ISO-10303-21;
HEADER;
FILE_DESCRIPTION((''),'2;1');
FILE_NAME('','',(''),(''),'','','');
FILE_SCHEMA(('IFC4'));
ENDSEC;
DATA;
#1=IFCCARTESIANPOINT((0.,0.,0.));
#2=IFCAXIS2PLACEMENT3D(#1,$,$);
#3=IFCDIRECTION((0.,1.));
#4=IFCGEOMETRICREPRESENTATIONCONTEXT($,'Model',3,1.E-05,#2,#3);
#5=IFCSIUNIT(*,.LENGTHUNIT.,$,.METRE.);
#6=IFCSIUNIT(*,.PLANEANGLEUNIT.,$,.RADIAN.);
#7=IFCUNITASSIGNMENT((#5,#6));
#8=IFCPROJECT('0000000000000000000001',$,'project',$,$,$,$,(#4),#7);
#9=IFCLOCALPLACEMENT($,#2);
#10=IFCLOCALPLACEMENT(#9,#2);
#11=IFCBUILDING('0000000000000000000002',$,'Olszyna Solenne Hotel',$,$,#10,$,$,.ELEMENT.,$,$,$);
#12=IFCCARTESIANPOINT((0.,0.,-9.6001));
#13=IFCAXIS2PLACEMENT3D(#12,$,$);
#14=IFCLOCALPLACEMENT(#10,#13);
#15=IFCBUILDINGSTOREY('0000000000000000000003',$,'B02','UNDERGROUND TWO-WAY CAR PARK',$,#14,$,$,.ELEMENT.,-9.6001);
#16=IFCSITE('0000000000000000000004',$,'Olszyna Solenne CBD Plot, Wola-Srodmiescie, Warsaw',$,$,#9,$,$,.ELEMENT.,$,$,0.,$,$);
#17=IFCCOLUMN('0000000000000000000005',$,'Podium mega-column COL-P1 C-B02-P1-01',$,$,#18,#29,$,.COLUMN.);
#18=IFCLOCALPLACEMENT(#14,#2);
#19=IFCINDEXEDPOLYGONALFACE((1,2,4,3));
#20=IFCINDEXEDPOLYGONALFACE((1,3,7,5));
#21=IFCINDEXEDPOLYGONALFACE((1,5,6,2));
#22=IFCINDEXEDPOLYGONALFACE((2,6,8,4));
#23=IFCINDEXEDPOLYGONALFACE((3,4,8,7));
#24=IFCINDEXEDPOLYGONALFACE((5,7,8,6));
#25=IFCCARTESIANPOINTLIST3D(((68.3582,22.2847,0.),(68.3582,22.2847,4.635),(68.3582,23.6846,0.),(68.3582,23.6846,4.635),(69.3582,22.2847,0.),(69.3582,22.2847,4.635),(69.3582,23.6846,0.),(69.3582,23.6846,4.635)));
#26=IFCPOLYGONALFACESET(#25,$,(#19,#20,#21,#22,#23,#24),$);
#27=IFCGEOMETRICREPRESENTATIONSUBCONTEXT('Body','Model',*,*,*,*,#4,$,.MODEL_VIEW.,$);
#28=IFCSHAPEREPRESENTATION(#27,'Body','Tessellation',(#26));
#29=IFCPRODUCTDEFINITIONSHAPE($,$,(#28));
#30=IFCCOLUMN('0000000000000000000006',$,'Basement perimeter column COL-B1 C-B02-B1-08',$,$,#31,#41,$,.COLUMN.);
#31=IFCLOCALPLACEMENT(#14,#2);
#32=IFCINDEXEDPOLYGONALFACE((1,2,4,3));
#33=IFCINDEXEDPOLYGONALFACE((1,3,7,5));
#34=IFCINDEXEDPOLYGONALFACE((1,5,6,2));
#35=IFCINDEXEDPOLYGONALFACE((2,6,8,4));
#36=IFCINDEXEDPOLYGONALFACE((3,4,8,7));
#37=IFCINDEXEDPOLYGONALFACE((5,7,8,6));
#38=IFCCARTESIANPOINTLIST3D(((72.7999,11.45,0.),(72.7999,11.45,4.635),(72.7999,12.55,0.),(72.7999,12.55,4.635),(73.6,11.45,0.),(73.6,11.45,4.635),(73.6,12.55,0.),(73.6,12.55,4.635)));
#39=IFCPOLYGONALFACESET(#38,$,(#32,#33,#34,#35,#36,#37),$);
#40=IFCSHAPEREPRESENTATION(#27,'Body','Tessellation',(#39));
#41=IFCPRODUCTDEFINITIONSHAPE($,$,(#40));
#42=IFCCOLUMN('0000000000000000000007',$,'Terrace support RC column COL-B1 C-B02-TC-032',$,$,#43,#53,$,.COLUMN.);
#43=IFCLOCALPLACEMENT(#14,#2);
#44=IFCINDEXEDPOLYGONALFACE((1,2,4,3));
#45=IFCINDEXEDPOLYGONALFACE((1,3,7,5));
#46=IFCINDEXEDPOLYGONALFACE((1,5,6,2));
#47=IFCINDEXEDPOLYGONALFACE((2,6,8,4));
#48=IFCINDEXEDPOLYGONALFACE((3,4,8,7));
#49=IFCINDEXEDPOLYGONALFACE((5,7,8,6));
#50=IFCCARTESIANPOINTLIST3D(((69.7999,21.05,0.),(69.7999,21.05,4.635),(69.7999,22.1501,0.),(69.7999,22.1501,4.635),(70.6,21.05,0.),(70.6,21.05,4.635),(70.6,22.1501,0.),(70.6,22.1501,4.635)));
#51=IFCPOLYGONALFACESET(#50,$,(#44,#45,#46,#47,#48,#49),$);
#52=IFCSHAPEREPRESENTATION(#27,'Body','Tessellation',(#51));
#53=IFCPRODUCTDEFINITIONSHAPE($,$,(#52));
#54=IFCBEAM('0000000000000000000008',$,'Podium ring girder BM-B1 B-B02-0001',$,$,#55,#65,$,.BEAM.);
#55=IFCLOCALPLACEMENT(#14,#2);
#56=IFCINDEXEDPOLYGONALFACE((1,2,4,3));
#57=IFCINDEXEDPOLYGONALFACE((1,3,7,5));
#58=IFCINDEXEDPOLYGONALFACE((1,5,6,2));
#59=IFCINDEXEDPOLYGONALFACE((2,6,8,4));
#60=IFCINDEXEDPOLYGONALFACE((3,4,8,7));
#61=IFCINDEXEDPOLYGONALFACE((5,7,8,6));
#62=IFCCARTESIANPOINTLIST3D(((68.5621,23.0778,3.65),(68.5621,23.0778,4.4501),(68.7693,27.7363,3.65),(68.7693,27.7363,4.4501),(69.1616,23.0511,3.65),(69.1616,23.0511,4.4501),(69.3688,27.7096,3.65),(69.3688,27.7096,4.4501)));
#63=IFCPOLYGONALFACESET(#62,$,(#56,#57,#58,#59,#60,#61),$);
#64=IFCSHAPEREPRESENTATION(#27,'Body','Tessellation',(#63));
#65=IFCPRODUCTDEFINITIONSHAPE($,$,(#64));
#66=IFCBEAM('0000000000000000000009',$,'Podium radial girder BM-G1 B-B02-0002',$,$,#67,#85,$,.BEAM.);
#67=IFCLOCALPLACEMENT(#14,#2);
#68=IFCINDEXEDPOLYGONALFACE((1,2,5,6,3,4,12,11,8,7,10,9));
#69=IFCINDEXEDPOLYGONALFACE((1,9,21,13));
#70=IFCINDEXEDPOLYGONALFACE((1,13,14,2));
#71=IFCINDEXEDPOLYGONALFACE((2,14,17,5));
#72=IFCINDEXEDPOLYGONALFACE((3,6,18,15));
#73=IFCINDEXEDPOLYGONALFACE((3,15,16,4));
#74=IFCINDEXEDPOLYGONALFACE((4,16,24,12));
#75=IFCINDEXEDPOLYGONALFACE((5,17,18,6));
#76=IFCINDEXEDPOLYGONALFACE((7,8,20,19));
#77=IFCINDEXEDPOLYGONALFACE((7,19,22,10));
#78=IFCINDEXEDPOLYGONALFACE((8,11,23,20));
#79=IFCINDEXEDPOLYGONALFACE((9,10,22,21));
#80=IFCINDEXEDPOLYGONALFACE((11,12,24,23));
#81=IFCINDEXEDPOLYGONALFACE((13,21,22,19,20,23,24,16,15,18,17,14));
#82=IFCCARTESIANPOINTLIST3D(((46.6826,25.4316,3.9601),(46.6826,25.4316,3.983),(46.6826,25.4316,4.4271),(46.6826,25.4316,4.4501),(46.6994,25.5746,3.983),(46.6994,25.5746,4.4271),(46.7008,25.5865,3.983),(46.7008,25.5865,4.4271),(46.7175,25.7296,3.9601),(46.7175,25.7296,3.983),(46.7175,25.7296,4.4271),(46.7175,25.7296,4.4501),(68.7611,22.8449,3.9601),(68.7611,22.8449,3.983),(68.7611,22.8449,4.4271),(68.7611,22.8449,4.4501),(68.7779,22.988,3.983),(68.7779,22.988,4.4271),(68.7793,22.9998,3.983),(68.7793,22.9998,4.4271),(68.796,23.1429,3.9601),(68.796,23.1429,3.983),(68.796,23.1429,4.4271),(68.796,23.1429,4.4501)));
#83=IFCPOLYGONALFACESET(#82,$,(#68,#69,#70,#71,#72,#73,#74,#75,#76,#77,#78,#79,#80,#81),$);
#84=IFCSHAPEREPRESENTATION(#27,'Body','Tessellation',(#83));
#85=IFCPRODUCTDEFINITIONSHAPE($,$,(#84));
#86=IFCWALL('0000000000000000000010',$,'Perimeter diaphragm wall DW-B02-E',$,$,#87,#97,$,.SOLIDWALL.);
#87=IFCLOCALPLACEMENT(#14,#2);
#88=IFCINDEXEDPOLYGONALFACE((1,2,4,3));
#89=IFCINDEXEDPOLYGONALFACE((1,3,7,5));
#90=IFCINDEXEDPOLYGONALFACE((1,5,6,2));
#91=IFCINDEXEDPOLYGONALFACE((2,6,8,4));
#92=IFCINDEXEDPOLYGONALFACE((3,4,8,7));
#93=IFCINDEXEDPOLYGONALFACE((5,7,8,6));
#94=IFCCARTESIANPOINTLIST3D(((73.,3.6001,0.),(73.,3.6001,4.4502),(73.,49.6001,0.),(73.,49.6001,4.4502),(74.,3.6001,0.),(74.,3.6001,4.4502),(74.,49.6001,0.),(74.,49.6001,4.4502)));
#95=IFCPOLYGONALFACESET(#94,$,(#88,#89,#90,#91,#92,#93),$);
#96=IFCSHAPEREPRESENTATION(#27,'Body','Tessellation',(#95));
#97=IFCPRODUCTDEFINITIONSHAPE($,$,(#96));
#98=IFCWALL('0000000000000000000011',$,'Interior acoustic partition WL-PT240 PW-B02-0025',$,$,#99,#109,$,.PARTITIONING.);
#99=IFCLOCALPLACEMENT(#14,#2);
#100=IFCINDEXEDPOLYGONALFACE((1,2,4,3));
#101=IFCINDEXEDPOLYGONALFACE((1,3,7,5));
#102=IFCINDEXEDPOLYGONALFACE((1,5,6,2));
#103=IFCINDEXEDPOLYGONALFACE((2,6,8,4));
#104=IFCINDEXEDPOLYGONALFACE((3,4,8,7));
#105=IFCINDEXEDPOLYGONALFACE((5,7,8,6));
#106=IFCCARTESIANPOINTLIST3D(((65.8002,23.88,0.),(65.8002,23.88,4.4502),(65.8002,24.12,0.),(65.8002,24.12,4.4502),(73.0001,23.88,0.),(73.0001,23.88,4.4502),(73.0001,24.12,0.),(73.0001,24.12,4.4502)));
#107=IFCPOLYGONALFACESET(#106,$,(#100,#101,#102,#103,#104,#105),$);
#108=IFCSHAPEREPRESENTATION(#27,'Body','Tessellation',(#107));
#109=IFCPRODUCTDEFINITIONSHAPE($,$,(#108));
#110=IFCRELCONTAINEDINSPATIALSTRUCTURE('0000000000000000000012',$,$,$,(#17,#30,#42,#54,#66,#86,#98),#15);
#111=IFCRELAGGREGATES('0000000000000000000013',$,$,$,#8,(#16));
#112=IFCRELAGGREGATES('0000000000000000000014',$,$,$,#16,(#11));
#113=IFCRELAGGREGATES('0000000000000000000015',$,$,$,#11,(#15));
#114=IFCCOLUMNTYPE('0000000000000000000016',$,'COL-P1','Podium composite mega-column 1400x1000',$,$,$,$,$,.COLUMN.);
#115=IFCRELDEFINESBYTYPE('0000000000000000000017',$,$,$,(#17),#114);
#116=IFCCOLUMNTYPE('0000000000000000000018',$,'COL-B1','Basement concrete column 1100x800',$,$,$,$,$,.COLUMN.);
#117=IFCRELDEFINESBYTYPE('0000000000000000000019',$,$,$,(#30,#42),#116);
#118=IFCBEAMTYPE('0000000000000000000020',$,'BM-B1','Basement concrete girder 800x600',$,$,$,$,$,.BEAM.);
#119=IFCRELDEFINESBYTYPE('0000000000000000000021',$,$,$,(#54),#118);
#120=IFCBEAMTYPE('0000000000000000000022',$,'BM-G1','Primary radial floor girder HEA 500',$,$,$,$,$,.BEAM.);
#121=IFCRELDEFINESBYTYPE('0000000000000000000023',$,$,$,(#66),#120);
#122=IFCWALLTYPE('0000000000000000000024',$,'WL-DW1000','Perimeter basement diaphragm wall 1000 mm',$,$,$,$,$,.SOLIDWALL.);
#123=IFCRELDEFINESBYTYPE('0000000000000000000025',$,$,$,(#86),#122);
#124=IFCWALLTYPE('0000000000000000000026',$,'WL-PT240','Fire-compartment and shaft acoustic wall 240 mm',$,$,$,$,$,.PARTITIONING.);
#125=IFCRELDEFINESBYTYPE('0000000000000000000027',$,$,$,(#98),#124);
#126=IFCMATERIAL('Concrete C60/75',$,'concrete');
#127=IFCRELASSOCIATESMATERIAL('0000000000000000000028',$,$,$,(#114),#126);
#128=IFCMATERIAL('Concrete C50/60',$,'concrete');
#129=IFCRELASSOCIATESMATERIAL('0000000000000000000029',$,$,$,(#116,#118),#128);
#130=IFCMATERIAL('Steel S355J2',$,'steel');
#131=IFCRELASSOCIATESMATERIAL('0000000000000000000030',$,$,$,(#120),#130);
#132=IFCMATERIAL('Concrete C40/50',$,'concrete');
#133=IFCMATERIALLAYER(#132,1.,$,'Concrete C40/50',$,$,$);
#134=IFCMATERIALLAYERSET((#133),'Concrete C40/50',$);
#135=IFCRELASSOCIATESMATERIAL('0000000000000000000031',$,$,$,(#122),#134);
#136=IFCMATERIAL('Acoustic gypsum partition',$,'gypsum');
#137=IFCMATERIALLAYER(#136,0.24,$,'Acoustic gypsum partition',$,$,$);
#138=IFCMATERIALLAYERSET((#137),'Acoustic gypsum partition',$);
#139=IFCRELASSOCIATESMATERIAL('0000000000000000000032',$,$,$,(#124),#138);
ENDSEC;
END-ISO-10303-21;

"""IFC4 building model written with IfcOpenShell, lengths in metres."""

from ifc_helpers import new_model, si_unit, direction, frame, frame_2d, origin, origin_2d, place, context, subcontext, project, spatial, rectangle, i_section, extrude, source, transform, mapped, material, layer, layer_set, material_profile, profile_set, type_object, element, save


model = new_model("IFC4")

# Units and contexts
model_context = context("Model", 3, precision=1e-05, world=origin(), true_north=direction((0.0, 1.0)))
body_context = subcontext(model_context, "Body", "Model", "MODEL_VIEW")
ifc_project = project(units=[si_unit("LENGTHUNIT", "METRE"), si_unit("PLANEANGLEUNIT", "RADIAN")], contexts=[model_context])

# Site, building, storey
site_placement = place(None, origin())
site = spatial("IfcSite", under=ifc_project, at=site_placement, Name="Olszyna Solenne CBD Plot, Wola-Srodmiescie, Warsaw", CompositionType="ELEMENT", RefElevation=0.0)
building_placement = place(site_placement, origin())
building = spatial("IfcBuilding", under=site, at=building_placement, Name="Olszyna Solenne Hotel", CompositionType="ELEMENT")
storey_placement = place(building_placement, frame((0.0, 0.0, -9.6001)))
storey = spatial("IfcBuildingStorey", under=building, at=storey_placement, Name="B02", Description="UNDERGROUND TWO-WAY CAR PARK", CompositionType="ELEMENT", Elevation=-9.6001)

# Shared definitions
ifc_material_1 = material(Name="Concrete C40/50", Category="concrete")

# Columns
ifc_material_2 = material(Name="Concrete C60/75", Category="concrete")
ifc_material_profile_1 = material_profile(ifc_material_2, rectangle(XDim=1.0, YDim=1.3999, at=origin_2d()), Name="RC 1400x1000", Category="load-bearing")
ifc_profile_set_1 = profile_set([ifc_material_profile_1], Name="Concrete C60/75")
column_type_1 = type_object("IfcColumnType", Name="COL-P1", Description="Podium composite mega-column 1400x1000", PredefinedType="COLUMN", material=ifc_profile_set_1)
shared_shape_1 = source(origin(), body_context, "Body", "SweptSolid", [
    extrude(rectangle(XDim=1.0, YDim=1.3999, at=origin_2d()), origin(), (0.0, 0.0, 1.0), 4.635),
])
column_placement = place(storey_placement, frame((68.8582, 22.9846, 0.0), z_axis=(0.0, 0.0, 1.0), x_axis=(1.0, 0.0, 0.0)))
element("IfcColumn", 1, at=column_placement, inside=storey, type_object=column_type_1, Name="Podium mega-column COL-P1 C-B02-P1-01", PredefinedType="COLUMN", context=body_context, shape_type="MappedRepresentation", body=[
    mapped(shared_shape_1, transform((0.0, 0.0, 0.0), x_axis=(1.0, 0.0, 0.0), y_axis=(0.0, 1.0, 0.0), z_axis=(0.0, 0.0, 1.0), scale=1.0)),
])
ifc_material_3 = material(Name="Concrete C50/60", Category="concrete")
ifc_material_profile_2 = material_profile(ifc_material_3, rectangle(XDim=0.8, YDim=1.1001, at=origin_2d()), Name="RC 1100x800", Category="load-bearing")
ifc_profile_set_2 = profile_set([ifc_material_profile_2], Name="Concrete C50/60")
column_type_2 = type_object("IfcColumnType", Name="COL-B1", Description="Basement concrete column 1100x800", PredefinedType="COLUMN", material=ifc_profile_set_2)
shared_shape_2 = source(origin(), body_context, "Body", "SweptSolid", [
    extrude(rectangle(XDim=0.8, YDim=1.1001, at=origin_2d()), origin(), (0.0, 0.0, 1.0), 4.635),
])
for number, where, z_axis, x_axis, name in (
    (2, (73.2, 12.0, 0.0), (0.0, 0.0, 1.0), (1.0, 0.0, 0.0), "Basement perimeter column COL-B1 C-B02-B1-08"),
    (3, (70.2, 21.6001, 0.0), (0.0, 0.0, 1.0), (1.0, 0.0, 0.0), "Terrace support RC column COL-B1 C-B02-TC-032"),
):
    element("IfcColumn", number, at=place(storey_placement, frame(where, z_axis=z_axis, x_axis=x_axis)), inside=storey, type_object=column_type_2, Name=name, PredefinedType="COLUMN", context=body_context, shape_type="MappedRepresentation", body=[
        mapped(shared_shape_2, transform((0.0, 0.0, 0.0), x_axis=(1.0, 0.0, 0.0), y_axis=(0.0, 1.0, 0.0), z_axis=(0.0, 0.0, 1.0), scale=1.0)),
    ])

# Beams
ifc_material_profile_3 = material_profile(ifc_material_3, rectangle(XDim=0.6001, YDim=0.8, at=origin_2d()), Name="RC 800x600", Category="load-bearing")
ifc_profile_set_3 = profile_set([ifc_material_profile_3], Name="Concrete C50/60")
beam_type_1 = type_object("IfcBeamType", Name="BM-B1", Description="Basement concrete girder 800x600", PredefinedType="BEAM", material=ifc_profile_set_3)
shared_shape_3 = source(origin(), body_context, "Body", "SweptSolid", [
    extrude(rectangle(XDim=0.6001, YDim=0.8, at=origin_2d()), origin(), (0.0, 0.0, 1.0), 4.6631),
])
beam_1_placement = place(storey_placement, frame((68.8618, 23.0645, 4.05), z_axis=(0.044451, 0.999012, 0.0), x_axis=(-0.999012, 0.044451, 0.0)))
element("IfcBeam", 4, at=beam_1_placement, inside=storey, type_object=beam_type_1, Name="Podium ring girder BM-B1 B-B02-0001", PredefinedType="BEAM", context=body_context, shape_type="MappedRepresentation", body=[
    mapped(shared_shape_3, transform((0.0, 0.0, 0.0), x_axis=(1.0, 0.0, 0.0), y_axis=(0.0, 1.0, 0.0), z_axis=(0.0, 0.0, 1.0), scale=1.0)),
])
ifc_material_4 = material(Name="Steel S355J2", Category="steel")
ifc_material_profile_4 = material_profile(ifc_material_4, i_section(OverallWidth=0.3, OverallDepth=0.49, WebThickness=0.012, FlangeThickness=0.0229, at=origin_2d()), Name="HEA 500", Category="load-bearing")
ifc_profile_set_4 = profile_set([ifc_material_profile_4], Name="Steel S355J2")
beam_type_2 = type_object("IfcBeamType", Name="BM-G1", Description="Primary radial floor girder HEA 500", PredefinedType="BEAM", material=ifc_profile_set_4)
shared_shape_4 = source(origin(), body_context, "Body", "SweptSolid", [
    extrude(i_section(OverallWidth=0.3, OverallDepth=0.49, WebThickness=0.012, FlangeThickness=0.0229, at=origin_2d()), origin(), (0.0, 0.0, 1.0), 22.2295),
])
beam_2_placement = place(storey_placement, frame((68.7786, 22.9939, 4.2051), z_axis=(-0.993207, 0.116363, 0.0), x_axis=(-0.116363, -0.993207, 0.0)))
element("IfcBeam", 5, at=beam_2_placement, inside=storey, type_object=beam_type_2, Name="Podium radial girder BM-G1 B-B02-0002", PredefinedType="BEAM", context=body_context, shape_type="MappedRepresentation", body=[
    mapped(shared_shape_4, transform((0.0, 0.0, 0.0), x_axis=(1.0, 0.0, 0.0), y_axis=(0.0, 1.0, 0.0), z_axis=(0.0, 0.0, 1.0), scale=1.0)),
])

# Walls
ifc_layer_1 = layer(ifc_material_1, 1.0, Name="Concrete C40/50")
ifc_layer_set_1 = layer_set([ifc_layer_1], Name="Concrete C40/50")
wall_type_1 = type_object("IfcWallType", Name="WL-DW1000", Description="Perimeter basement diaphragm wall 1000 mm", PredefinedType="SOLIDWALL", material=ifc_layer_set_1)
wall_1_placement = place(storey_placement, frame((73.5, 3.6001, 0.0), z_axis=(0.0, 0.0, 1.0), x_axis=(0.0, 1.0, 0.0)))
element("IfcWall", 6, at=wall_1_placement, inside=storey, type_object=wall_type_1, Name="Perimeter diaphragm wall DW-B02-E", PredefinedType="SOLIDWALL", context=body_context, shape_type="SweptSolid", body=[
    extrude(rectangle(XDim=46.0, YDim=1.0, at=frame_2d((23.0, 0.0))), origin(), (0.0, 0.0, 1.0), 4.4502),
])
ifc_material_5 = material(Name="Acoustic gypsum partition", Category="gypsum")
ifc_layer_2 = layer(ifc_material_5, 0.24, Name="Acoustic gypsum partition")
ifc_layer_set_2 = layer_set([ifc_layer_2], Name="Acoustic gypsum partition")
wall_type_2 = type_object("IfcWallType", Name="WL-PT240", Description="Fire-compartment and shaft acoustic wall 240 mm", PredefinedType="PARTITIONING", material=ifc_layer_set_2)
wall_2_placement = place(storey_placement, frame((65.8, 24.0, 0.0), z_axis=(0.0, 0.0, 1.0), x_axis=(1.0, 0.0, 0.0)))
element("IfcWall", 7, at=wall_2_placement, inside=storey, type_object=wall_type_2, Name="Interior acoustic partition WL-PT240 PW-B02-0025", PredefinedType="PARTITIONING", context=body_context, shape_type="SweptSolid", body=[
    extrude(rectangle(XDim=7.2, YDim=0.24, at=frame_2d((3.6001, 0.0))), origin(), (0.0, 0.0, 1.0), 4.4502),
])

save(model, "model.ifc")
